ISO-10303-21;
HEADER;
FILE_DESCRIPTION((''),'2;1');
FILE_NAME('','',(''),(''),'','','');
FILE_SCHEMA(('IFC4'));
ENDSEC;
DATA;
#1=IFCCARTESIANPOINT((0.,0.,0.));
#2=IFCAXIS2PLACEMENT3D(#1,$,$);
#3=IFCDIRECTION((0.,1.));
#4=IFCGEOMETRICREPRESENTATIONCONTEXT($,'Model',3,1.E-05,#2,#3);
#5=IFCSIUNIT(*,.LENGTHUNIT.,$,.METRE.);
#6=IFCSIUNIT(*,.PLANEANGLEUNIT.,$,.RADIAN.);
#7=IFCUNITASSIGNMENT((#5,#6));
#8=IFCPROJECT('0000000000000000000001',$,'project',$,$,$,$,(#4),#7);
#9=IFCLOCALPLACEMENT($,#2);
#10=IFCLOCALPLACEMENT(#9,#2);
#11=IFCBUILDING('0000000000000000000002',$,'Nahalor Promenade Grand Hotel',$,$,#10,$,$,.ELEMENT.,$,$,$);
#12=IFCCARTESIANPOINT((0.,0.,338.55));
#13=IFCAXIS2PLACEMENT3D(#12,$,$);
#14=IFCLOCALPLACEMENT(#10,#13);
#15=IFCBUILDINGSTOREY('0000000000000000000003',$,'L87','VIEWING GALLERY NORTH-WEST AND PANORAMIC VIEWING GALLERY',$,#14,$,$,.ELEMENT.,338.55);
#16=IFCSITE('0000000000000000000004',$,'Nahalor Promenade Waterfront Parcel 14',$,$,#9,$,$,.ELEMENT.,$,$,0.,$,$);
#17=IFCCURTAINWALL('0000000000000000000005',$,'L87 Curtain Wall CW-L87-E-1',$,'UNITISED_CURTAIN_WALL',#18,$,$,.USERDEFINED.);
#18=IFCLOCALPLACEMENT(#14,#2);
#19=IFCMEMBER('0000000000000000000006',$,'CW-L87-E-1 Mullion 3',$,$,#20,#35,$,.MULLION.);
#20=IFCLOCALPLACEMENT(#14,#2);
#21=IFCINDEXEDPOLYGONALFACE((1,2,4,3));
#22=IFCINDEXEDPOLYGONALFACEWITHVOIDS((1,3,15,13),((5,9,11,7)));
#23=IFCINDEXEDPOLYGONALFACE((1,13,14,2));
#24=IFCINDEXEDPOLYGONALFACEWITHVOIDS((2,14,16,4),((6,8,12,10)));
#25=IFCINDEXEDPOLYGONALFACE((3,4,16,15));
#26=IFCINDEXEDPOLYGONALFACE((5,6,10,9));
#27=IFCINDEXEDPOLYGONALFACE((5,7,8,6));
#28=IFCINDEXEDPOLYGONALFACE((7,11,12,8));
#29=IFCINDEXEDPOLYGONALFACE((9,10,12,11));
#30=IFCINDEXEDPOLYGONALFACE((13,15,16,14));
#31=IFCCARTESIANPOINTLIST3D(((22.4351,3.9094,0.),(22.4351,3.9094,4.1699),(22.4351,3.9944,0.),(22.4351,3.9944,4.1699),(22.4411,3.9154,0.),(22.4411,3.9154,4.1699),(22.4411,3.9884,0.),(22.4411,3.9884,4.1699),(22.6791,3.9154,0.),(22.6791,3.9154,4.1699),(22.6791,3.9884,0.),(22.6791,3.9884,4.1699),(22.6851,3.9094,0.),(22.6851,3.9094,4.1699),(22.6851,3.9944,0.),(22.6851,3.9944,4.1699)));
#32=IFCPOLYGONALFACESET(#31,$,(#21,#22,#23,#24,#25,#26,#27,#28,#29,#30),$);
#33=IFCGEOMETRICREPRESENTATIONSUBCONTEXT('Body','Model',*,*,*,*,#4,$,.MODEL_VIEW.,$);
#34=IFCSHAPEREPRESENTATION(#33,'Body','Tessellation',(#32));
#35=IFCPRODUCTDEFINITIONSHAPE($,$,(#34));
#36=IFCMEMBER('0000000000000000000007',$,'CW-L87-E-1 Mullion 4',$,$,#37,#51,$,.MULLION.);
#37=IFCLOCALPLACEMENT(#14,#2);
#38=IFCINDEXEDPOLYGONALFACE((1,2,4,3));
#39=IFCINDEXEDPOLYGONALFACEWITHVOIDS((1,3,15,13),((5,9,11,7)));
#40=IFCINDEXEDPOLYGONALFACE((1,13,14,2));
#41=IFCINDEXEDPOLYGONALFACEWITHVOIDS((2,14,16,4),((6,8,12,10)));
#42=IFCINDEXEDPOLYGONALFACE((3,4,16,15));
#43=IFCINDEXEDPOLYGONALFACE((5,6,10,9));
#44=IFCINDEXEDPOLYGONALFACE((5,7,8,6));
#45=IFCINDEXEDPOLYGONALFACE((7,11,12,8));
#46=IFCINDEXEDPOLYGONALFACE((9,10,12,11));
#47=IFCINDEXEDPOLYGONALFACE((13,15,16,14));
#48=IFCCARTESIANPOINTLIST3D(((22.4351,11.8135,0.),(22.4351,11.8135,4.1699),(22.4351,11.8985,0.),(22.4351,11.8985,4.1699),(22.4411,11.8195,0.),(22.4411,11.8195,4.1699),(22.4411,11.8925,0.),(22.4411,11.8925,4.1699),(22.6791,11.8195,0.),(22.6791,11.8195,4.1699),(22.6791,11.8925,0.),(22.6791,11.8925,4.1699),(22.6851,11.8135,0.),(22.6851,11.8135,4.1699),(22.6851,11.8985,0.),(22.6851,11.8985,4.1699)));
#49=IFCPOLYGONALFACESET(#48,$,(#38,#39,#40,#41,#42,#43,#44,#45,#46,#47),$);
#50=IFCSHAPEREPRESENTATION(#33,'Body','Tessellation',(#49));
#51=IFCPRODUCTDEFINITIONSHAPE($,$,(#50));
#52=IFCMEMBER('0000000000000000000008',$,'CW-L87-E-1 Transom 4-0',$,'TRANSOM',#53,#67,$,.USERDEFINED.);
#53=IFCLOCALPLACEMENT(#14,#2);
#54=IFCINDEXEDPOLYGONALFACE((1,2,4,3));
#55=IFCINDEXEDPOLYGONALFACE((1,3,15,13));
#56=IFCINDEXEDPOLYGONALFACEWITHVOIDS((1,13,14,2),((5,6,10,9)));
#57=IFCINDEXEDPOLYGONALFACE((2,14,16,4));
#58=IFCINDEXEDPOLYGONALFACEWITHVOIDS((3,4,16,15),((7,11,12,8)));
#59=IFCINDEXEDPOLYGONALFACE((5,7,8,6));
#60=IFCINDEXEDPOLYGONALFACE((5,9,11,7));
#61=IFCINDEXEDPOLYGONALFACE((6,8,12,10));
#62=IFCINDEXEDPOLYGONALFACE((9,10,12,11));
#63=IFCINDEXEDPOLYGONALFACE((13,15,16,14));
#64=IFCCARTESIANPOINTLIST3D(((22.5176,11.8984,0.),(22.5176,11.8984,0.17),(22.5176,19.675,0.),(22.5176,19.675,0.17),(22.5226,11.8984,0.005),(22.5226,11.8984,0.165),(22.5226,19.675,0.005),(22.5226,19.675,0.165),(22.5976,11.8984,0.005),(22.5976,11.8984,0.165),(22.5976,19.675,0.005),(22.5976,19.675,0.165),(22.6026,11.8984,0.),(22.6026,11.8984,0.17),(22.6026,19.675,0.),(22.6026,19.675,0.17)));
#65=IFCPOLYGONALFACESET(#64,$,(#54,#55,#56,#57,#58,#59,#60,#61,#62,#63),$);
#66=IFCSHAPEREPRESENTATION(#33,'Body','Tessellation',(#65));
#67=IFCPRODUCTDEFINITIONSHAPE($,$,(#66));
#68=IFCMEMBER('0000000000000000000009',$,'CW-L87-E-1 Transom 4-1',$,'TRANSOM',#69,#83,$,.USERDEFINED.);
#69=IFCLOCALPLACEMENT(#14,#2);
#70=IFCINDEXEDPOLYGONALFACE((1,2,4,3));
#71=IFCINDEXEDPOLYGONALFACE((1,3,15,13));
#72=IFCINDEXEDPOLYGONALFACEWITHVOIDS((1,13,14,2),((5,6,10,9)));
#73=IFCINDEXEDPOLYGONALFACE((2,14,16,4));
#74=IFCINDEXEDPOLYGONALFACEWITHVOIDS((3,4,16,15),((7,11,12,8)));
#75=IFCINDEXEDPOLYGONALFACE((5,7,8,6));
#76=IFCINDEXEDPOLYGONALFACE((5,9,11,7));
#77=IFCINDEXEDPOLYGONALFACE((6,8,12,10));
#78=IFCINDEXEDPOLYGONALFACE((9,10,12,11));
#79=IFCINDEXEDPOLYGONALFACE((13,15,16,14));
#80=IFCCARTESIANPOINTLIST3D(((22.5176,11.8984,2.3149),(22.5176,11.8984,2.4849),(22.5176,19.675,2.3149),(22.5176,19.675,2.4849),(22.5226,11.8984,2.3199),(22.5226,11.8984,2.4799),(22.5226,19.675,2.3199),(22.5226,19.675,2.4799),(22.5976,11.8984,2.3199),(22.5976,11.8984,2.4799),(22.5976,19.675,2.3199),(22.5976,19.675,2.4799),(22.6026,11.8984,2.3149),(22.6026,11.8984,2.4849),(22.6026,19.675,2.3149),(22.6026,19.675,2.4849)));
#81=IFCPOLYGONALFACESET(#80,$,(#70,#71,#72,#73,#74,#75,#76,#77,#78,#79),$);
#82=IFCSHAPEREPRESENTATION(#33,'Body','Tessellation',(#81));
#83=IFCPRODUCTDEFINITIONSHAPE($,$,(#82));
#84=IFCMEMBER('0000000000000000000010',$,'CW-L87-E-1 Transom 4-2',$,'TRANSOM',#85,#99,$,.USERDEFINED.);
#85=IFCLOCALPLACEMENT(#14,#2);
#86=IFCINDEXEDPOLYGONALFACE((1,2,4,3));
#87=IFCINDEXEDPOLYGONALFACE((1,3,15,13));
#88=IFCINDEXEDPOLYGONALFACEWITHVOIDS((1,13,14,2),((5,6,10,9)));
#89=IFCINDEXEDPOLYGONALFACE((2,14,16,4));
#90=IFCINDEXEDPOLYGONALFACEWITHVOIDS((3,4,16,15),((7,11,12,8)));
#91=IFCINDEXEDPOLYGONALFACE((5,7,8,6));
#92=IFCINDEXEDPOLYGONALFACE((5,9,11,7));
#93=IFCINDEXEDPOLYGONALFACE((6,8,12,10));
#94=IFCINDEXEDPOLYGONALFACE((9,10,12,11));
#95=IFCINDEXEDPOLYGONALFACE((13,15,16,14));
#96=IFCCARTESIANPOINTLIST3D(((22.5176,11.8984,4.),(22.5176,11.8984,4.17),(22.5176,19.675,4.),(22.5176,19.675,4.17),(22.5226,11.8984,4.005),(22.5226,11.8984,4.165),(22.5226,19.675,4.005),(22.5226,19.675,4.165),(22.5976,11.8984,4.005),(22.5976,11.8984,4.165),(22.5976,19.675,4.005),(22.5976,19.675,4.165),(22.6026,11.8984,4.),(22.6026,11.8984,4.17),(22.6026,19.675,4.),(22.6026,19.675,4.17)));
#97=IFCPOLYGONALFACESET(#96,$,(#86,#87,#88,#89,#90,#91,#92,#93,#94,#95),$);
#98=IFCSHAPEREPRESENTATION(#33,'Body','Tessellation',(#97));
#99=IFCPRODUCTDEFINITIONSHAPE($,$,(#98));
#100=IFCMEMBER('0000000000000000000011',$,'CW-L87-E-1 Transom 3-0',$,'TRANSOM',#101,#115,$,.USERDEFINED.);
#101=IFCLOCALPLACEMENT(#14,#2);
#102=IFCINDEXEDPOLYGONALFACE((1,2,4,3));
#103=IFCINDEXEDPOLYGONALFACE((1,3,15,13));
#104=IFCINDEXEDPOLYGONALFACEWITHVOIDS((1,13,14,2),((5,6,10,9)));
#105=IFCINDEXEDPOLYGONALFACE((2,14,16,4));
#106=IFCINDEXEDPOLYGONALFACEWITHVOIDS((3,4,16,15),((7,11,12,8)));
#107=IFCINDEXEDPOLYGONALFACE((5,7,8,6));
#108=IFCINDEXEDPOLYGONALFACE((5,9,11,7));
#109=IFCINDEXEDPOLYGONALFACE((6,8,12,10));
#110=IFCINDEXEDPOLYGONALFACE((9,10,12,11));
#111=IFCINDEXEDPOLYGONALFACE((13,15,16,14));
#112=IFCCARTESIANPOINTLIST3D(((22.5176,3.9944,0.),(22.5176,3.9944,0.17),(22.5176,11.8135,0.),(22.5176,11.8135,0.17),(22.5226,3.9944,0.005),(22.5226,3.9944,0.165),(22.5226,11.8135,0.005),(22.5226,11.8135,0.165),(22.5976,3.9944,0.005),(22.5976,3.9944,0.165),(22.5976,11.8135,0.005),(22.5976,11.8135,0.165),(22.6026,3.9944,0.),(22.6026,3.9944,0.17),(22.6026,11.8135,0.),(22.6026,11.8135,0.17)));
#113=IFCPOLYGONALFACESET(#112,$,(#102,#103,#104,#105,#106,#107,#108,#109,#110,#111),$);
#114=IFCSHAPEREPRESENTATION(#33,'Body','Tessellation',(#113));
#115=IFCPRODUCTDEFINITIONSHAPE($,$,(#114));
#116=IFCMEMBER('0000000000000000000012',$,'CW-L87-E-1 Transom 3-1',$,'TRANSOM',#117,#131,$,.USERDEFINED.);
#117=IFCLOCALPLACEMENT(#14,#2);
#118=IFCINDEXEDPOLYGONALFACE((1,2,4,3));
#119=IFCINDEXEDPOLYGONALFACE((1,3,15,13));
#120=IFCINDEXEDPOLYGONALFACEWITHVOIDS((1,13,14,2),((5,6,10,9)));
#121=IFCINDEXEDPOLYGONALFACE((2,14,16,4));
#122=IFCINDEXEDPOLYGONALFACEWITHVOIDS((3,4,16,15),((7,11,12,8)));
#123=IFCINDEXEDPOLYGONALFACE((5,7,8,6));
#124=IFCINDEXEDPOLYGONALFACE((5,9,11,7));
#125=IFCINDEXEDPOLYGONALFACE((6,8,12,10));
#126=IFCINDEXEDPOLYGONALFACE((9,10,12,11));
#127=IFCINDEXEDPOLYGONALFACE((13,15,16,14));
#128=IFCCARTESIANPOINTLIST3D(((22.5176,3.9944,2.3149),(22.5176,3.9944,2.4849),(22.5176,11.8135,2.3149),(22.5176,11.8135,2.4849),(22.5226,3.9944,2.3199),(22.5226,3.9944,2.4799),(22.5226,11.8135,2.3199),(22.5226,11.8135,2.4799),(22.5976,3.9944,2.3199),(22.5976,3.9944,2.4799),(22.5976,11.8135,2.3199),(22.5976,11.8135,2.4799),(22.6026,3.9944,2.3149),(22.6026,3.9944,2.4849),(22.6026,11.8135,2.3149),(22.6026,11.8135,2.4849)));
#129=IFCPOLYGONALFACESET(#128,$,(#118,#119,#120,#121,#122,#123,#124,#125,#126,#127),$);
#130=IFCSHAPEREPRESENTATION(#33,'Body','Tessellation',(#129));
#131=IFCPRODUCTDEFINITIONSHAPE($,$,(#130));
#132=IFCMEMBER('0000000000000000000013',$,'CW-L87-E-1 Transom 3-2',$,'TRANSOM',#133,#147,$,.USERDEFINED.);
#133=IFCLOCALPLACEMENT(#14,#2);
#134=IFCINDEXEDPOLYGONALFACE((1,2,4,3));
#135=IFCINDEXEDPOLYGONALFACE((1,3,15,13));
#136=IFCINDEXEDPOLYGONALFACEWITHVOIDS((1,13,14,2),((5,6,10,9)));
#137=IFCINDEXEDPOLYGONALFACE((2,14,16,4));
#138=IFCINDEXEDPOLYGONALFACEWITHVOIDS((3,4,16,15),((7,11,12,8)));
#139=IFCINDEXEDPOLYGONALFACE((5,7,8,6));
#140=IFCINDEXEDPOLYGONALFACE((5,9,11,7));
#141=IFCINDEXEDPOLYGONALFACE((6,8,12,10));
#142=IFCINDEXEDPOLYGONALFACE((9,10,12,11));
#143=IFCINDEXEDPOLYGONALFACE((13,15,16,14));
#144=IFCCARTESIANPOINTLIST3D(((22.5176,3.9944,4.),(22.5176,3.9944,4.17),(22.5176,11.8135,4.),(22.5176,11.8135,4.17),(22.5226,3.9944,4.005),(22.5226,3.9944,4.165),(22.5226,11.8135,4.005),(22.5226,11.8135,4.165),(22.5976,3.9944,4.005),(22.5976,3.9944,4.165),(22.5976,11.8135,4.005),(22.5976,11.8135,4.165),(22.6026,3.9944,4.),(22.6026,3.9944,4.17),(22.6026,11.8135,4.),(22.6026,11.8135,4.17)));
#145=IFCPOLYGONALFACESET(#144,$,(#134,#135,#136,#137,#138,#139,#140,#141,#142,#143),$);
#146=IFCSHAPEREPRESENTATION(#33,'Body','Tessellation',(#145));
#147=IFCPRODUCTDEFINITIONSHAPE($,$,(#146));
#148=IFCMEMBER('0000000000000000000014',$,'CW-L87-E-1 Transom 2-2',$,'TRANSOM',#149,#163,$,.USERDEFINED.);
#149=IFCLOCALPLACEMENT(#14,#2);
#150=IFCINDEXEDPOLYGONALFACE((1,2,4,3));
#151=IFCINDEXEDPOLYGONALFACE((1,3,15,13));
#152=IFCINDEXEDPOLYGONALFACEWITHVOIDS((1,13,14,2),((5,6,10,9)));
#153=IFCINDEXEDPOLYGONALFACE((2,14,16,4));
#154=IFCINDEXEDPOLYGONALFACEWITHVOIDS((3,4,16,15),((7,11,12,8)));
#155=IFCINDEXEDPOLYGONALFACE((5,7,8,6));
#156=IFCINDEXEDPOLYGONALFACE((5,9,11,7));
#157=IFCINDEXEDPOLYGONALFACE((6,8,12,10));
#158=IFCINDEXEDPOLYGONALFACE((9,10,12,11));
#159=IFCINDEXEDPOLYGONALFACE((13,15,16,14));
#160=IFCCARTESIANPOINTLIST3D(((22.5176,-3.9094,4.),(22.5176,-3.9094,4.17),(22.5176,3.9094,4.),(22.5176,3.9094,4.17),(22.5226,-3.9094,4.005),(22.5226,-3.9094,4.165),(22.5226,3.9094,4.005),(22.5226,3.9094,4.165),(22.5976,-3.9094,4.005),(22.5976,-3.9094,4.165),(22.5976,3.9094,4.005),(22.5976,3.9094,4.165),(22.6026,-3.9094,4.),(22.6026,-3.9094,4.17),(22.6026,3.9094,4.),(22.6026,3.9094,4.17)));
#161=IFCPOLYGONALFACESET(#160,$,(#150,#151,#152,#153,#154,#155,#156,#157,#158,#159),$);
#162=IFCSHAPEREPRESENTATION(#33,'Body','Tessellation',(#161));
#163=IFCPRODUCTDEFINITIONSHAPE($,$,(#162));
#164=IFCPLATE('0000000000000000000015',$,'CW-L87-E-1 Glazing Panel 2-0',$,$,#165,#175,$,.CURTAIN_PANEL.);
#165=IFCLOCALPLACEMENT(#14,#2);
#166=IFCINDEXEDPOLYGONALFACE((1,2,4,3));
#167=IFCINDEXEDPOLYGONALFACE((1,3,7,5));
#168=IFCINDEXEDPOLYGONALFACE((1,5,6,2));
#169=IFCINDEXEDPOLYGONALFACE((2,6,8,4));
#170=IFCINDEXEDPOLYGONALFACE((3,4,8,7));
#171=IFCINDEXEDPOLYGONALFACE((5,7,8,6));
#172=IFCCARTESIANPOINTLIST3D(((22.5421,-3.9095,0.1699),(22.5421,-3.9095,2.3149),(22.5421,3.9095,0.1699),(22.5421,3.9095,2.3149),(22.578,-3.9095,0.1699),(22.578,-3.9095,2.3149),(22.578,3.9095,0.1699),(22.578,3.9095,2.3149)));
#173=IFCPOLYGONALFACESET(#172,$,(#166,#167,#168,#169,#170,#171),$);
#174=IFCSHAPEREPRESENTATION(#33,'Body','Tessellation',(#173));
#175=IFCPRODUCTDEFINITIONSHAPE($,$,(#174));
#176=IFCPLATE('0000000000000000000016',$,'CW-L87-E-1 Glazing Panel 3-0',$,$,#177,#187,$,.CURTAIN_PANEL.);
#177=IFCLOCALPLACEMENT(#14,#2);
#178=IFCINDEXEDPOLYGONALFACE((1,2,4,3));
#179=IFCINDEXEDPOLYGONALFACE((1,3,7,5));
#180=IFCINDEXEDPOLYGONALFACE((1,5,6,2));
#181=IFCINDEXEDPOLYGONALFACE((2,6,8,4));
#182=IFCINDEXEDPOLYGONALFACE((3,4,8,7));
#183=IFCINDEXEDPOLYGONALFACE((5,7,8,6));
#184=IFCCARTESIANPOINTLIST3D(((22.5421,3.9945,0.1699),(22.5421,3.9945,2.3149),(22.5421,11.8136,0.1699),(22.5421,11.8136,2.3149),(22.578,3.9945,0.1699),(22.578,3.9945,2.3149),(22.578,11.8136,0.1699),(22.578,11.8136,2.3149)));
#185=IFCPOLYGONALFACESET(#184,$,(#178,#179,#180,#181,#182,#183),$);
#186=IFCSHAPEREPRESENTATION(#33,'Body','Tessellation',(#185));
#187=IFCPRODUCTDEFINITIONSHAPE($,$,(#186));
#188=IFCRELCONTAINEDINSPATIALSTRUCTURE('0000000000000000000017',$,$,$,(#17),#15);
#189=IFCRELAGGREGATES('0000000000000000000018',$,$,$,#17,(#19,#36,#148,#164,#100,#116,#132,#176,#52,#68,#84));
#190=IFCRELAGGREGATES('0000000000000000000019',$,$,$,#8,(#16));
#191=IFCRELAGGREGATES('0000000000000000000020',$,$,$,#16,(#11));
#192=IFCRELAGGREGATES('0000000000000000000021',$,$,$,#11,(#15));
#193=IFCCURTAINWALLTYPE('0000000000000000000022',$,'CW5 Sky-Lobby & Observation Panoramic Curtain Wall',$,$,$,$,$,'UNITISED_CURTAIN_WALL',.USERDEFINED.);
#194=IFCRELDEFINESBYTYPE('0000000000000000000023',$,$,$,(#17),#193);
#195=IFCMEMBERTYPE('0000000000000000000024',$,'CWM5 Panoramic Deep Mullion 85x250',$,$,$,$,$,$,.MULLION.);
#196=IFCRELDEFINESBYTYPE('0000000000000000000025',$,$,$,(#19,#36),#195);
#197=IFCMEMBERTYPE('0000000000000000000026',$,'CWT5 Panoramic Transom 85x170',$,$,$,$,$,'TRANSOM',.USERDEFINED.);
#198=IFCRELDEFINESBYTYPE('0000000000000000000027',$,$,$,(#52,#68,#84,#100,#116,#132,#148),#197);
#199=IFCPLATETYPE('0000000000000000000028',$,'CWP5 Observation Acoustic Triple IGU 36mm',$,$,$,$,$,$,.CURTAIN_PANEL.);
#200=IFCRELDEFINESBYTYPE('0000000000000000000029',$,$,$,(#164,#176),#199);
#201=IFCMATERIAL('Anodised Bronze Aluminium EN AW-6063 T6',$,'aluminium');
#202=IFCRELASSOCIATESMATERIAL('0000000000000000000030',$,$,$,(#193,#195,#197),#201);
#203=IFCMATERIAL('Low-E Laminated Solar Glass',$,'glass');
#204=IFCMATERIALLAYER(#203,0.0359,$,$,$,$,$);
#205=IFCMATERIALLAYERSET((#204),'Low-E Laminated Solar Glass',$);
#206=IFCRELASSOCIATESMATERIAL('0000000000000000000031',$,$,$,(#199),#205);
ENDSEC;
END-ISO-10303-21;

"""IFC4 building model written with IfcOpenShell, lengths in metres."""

from ifc_helpers import new_model, si_unit, direction, frame, origin, origin_2d, place, context, subcontext, project, spatial, rectangle, hollow_rectangle, extrude, source, transform, mapped, material, layer, layer_set, material_profile, profile_set, type_object, element, aggregate, save


model = new_model("IFC4")

# Units and contexts
model_context = context("Model", 3, precision=1e-05, world=origin(), true_north=direction((0.0, 1.0)))
body_context = subcontext(model_context, "Body", "Model", "MODEL_VIEW")
ifc_project = project(units=[si_unit("LENGTHUNIT", "METRE"), si_unit("PLANEANGLEUNIT", "RADIAN")], contexts=[model_context])

# Site, building, storey
site_placement = place(None, origin())
site = spatial("IfcSite", under=ifc_project, at=site_placement, Name="Nahalor Promenade Waterfront Parcel 14", CompositionType="ELEMENT", RefElevation=0.0)
building_placement = place(site_placement, origin())
building = spatial("IfcBuilding", under=site, at=building_placement, Name="Nahalor Promenade Grand Hotel", CompositionType="ELEMENT")
storey_placement = place(building_placement, frame((0.0, 0.0, 338.55)))
storey = spatial("IfcBuildingStorey", under=building, at=storey_placement, Name="L87", Description="VIEWING GALLERY NORTH-WEST AND PANORAMIC VIEWING GALLERY", CompositionType="ELEMENT", Elevation=338.55)

# Curtain wall, members, plates
ifc_material_1 = material(Name="Anodised Bronze Aluminium EN AW-6063 T6", Category="aluminium")
curtain_wall_type = type_object("IfcCurtainWallType", Name="CW5 Sky-Lobby & Observation Panoramic Curtain Wall", ElementType="UNITISED_CURTAIN_WALL", PredefinedType="USERDEFINED", material=ifc_material_1)
curtain_wall_placement = place(storey_placement, origin())
curtain_wall = element("IfcCurtainWall", 1, at=curtain_wall_placement, inside=storey, type_object=curtain_wall_type, Name="L87 Curtain Wall CW-L87-E-1", ObjectType="UNITISED_CURTAIN_WALL", PredefinedType="USERDEFINED")
ifc_material_profile_1 = material_profile(ifc_material_1, hollow_rectangle(XDim=0.085, YDim=0.25, WallThickness=0.006, at=origin_2d()), Name="CWM 85x250x6")
ifc_profile_set_1 = profile_set([ifc_material_profile_1], Name="Anodised Bronze Aluminium EN AW-6063 T6")
member_type_1 = type_object("IfcMemberType", Name="CWM5 Panoramic Deep Mullion 85x250", PredefinedType="MULLION", material=ifc_profile_set_1)
shared_shape_1 = source(origin(), body_context, "Body", "SweptSolid", [
    extrude(hollow_rectangle(XDim=0.085, YDim=0.25, WallThickness=0.006, at=origin_2d()), origin(), (0.0, 0.0, 1.0), 4.1699),
])
member_1_placement = place(storey_placement, frame((22.5601, 3.9519, 0.0), z_axis=(0.0, 0.0, 1.0), x_axis=(0.0, 1.0, 0.0)))
member_1 = element("IfcMember", 2, at=member_1_placement, type_object=member_type_1, Name="CW-L87-E-1 Mullion 3", PredefinedType="MULLION", context=body_context, shape_type="MappedRepresentation", body=[
    mapped(shared_shape_1, transform((0.0, 0.0, 0.0), scale=1.0)),
])
member_2_placement = place(storey_placement, frame((22.5601, 11.856, 0.0), z_axis=(0.0, 0.0, 1.0), x_axis=(0.0, 1.0, 0.0)))
member_2 = element("IfcMember", 3, at=member_2_placement, type_object=member_type_1, Name="CW-L87-E-1 Mullion 4", PredefinedType="MULLION", context=body_context, shape_type="MappedRepresentation", body=[
    mapped(shared_shape_1, transform((0.0, 0.0, 0.0), scale=1.0)),
])
ifc_material_profile_2 = material_profile(ifc_material_1, hollow_rectangle(XDim=0.085, YDim=0.17, WallThickness=0.005, at=origin_2d()), Name="CWT 85x170x5")
ifc_profile_set_2 = profile_set([ifc_material_profile_2], Name="Anodised Bronze Aluminium EN AW-6063 T6")
member_type_2 = type_object("IfcMemberType", Name="CWT5 Panoramic Transom 85x170", ElementType="TRANSOM", PredefinedType="USERDEFINED", material=ifc_profile_set_2)
shared_shape_2 = source(origin(), body_context, "Body", "SweptSolid", [
    extrude(hollow_rectangle(XDim=0.085, YDim=0.17, WallThickness=0.005, at=origin_2d()), origin(), (0.0, 0.0, 1.0), 7.7766),
])
member_3_placement = place(storey_placement, frame((22.5601, 11.8984, 0.085), z_axis=(0.0, 1.0, 0.0), x_axis=(-1.0, 0.0, 0.0)))
member_3 = element("IfcMember", 4, at=member_3_placement, type_object=member_type_2, Name="CW-L87-E-1 Transom 4-0", ObjectType="TRANSOM", PredefinedType="USERDEFINED", context=body_context, shape_type="MappedRepresentation", body=[
    mapped(shared_shape_2, transform((0.0, 0.0, 0.0), scale=1.0)),
])
member_4_placement = place(storey_placement, frame((22.5601, 11.8984, 2.3999), z_axis=(0.0, 1.0, 0.0), x_axis=(-1.0, 0.0, 0.0)))
member_4 = element("IfcMember", 5, at=member_4_placement, type_object=member_type_2, Name="CW-L87-E-1 Transom 4-1", ObjectType="TRANSOM", PredefinedType="USERDEFINED", context=body_context, shape_type="MappedRepresentation", body=[
    mapped(shared_shape_2, transform((0.0, 0.0, 0.0), scale=1.0)),
])
member_5_placement = place(storey_placement, frame((22.5601, 11.8984, 4.085), z_axis=(0.0, 1.0, 0.0), x_axis=(-1.0, 0.0, 0.0)))
member_5 = element("IfcMember", 6, at=member_5_placement, type_object=member_type_2, Name="CW-L87-E-1 Transom 4-2", ObjectType="TRANSOM", PredefinedType="USERDEFINED", context=body_context, shape_type="MappedRepresentation", body=[
    mapped(shared_shape_2, transform((0.0, 0.0, 0.0), scale=1.0)),
])
shared_shape_3 = source(origin(), body_context, "Body", "SweptSolid", [
    extrude(hollow_rectangle(XDim=0.085, YDim=0.17, WallThickness=0.005, at=origin_2d()), origin(), (0.0, 0.0, 1.0), 7.8191),
])
member_6_placement = place(storey_placement, frame((22.5601, 3.9944, 0.085), z_axis=(0.0, 1.0, 0.0), x_axis=(-1.0, 0.0, 0.0)))
member_6 = element("IfcMember", 7, at=member_6_placement, type_object=member_type_2, Name="CW-L87-E-1 Transom 3-0", ObjectType="TRANSOM", PredefinedType="USERDEFINED", context=body_context, shape_type="MappedRepresentation", body=[
    mapped(shared_shape_3, transform((0.0, 0.0, 0.0), scale=1.0)),
])
member_7_placement = place(storey_placement, frame((22.5601, 3.9944, 2.3999), z_axis=(0.0, 1.0, 0.0), x_axis=(-1.0, 0.0, 0.0)))
member_7 = element("IfcMember", 8, at=member_7_placement, type_object=member_type_2, Name="CW-L87-E-1 Transom 3-1", ObjectType="TRANSOM", PredefinedType="USERDEFINED", context=body_context, shape_type="MappedRepresentation", body=[
    mapped(shared_shape_3, transform((0.0, 0.0, 0.0), scale=1.0)),
])
member_8_placement = place(storey_placement, frame((22.5601, 3.9944, 4.085), z_axis=(0.0, 1.0, 0.0), x_axis=(-1.0, 0.0, 0.0)))
member_8 = element("IfcMember", 9, at=member_8_placement, type_object=member_type_2, Name="CW-L87-E-1 Transom 3-2", ObjectType="TRANSOM", PredefinedType="USERDEFINED", context=body_context, shape_type="MappedRepresentation", body=[
    mapped(shared_shape_3, transform((0.0, 0.0, 0.0), scale=1.0)),
])
shared_shape_4 = source(origin(), body_context, "Body", "SweptSolid", [
    extrude(hollow_rectangle(XDim=0.085, YDim=0.17, WallThickness=0.005, at=origin_2d()), origin(), (0.0, 0.0, 1.0), 7.8188),
])
member_9_placement = place(storey_placement, frame((22.5601, -3.9094, 4.085), z_axis=(0.0, 1.0, 0.0), x_axis=(-1.0, 0.0, 0.0)))
member_9 = element("IfcMember", 10, at=member_9_placement, type_object=member_type_2, Name="CW-L87-E-1 Transom 2-2", ObjectType="TRANSOM", PredefinedType="USERDEFINED", context=body_context, shape_type="MappedRepresentation", body=[
    mapped(shared_shape_4, transform((0.0, 0.0, 0.0), scale=1.0)),
])
ifc_material_2 = material(Name="Low-E Laminated Solar Glass", Category="glass")
ifc_layer_1 = layer(ifc_material_2, 0.0359)
ifc_layer_set_1 = layer_set([ifc_layer_1], Name="Low-E Laminated Solar Glass")
plate_type = type_object("IfcPlateType", Name="CWP5 Observation Acoustic Triple IGU 36mm", PredefinedType="CURTAIN_PANEL", material=ifc_layer_set_1)
shared_shape_5 = source(origin(), body_context, "Body", "SweptSolid", [
    extrude(rectangle(XDim=7.8191, YDim=0.0359, at=origin_2d()), origin(), (0.0, 0.0, 1.0), 2.145),
])
plate_1_placement = place(storey_placement, frame((22.5601, 0.0, 0.1699), z_axis=(0.0, 0.0, 1.0), x_axis=(0.0, 1.0, 0.0)))
plate_1 = element("IfcPlate", 11, at=plate_1_placement, type_object=plate_type, Name="CW-L87-E-1 Glazing Panel 2-0", PredefinedType="CURTAIN_PANEL", context=body_context, shape_type="MappedRepresentation", body=[
    mapped(shared_shape_5, transform((0.0, 0.0, 0.0), scale=1.0)),
])
plate_2_placement = place(storey_placement, frame((22.5601, 7.9041, 0.1699), z_axis=(0.0, 0.0, 1.0), x_axis=(0.0, 1.0, 0.0)))
plate_2 = element("IfcPlate", 12, at=plate_2_placement, type_object=plate_type, Name="CW-L87-E-1 Glazing Panel 3-0", PredefinedType="CURTAIN_PANEL", context=body_context, shape_type="MappedRepresentation", body=[
    mapped(shared_shape_5, transform((0.0, 0.0, 0.0), scale=1.0)),
])
aggregate(curtain_wall, [member_1, member_2, member_9, plate_1, member_6, member_7, member_8, plate_2, member_3, member_4, member_5])

save(model, "model.ifc")
